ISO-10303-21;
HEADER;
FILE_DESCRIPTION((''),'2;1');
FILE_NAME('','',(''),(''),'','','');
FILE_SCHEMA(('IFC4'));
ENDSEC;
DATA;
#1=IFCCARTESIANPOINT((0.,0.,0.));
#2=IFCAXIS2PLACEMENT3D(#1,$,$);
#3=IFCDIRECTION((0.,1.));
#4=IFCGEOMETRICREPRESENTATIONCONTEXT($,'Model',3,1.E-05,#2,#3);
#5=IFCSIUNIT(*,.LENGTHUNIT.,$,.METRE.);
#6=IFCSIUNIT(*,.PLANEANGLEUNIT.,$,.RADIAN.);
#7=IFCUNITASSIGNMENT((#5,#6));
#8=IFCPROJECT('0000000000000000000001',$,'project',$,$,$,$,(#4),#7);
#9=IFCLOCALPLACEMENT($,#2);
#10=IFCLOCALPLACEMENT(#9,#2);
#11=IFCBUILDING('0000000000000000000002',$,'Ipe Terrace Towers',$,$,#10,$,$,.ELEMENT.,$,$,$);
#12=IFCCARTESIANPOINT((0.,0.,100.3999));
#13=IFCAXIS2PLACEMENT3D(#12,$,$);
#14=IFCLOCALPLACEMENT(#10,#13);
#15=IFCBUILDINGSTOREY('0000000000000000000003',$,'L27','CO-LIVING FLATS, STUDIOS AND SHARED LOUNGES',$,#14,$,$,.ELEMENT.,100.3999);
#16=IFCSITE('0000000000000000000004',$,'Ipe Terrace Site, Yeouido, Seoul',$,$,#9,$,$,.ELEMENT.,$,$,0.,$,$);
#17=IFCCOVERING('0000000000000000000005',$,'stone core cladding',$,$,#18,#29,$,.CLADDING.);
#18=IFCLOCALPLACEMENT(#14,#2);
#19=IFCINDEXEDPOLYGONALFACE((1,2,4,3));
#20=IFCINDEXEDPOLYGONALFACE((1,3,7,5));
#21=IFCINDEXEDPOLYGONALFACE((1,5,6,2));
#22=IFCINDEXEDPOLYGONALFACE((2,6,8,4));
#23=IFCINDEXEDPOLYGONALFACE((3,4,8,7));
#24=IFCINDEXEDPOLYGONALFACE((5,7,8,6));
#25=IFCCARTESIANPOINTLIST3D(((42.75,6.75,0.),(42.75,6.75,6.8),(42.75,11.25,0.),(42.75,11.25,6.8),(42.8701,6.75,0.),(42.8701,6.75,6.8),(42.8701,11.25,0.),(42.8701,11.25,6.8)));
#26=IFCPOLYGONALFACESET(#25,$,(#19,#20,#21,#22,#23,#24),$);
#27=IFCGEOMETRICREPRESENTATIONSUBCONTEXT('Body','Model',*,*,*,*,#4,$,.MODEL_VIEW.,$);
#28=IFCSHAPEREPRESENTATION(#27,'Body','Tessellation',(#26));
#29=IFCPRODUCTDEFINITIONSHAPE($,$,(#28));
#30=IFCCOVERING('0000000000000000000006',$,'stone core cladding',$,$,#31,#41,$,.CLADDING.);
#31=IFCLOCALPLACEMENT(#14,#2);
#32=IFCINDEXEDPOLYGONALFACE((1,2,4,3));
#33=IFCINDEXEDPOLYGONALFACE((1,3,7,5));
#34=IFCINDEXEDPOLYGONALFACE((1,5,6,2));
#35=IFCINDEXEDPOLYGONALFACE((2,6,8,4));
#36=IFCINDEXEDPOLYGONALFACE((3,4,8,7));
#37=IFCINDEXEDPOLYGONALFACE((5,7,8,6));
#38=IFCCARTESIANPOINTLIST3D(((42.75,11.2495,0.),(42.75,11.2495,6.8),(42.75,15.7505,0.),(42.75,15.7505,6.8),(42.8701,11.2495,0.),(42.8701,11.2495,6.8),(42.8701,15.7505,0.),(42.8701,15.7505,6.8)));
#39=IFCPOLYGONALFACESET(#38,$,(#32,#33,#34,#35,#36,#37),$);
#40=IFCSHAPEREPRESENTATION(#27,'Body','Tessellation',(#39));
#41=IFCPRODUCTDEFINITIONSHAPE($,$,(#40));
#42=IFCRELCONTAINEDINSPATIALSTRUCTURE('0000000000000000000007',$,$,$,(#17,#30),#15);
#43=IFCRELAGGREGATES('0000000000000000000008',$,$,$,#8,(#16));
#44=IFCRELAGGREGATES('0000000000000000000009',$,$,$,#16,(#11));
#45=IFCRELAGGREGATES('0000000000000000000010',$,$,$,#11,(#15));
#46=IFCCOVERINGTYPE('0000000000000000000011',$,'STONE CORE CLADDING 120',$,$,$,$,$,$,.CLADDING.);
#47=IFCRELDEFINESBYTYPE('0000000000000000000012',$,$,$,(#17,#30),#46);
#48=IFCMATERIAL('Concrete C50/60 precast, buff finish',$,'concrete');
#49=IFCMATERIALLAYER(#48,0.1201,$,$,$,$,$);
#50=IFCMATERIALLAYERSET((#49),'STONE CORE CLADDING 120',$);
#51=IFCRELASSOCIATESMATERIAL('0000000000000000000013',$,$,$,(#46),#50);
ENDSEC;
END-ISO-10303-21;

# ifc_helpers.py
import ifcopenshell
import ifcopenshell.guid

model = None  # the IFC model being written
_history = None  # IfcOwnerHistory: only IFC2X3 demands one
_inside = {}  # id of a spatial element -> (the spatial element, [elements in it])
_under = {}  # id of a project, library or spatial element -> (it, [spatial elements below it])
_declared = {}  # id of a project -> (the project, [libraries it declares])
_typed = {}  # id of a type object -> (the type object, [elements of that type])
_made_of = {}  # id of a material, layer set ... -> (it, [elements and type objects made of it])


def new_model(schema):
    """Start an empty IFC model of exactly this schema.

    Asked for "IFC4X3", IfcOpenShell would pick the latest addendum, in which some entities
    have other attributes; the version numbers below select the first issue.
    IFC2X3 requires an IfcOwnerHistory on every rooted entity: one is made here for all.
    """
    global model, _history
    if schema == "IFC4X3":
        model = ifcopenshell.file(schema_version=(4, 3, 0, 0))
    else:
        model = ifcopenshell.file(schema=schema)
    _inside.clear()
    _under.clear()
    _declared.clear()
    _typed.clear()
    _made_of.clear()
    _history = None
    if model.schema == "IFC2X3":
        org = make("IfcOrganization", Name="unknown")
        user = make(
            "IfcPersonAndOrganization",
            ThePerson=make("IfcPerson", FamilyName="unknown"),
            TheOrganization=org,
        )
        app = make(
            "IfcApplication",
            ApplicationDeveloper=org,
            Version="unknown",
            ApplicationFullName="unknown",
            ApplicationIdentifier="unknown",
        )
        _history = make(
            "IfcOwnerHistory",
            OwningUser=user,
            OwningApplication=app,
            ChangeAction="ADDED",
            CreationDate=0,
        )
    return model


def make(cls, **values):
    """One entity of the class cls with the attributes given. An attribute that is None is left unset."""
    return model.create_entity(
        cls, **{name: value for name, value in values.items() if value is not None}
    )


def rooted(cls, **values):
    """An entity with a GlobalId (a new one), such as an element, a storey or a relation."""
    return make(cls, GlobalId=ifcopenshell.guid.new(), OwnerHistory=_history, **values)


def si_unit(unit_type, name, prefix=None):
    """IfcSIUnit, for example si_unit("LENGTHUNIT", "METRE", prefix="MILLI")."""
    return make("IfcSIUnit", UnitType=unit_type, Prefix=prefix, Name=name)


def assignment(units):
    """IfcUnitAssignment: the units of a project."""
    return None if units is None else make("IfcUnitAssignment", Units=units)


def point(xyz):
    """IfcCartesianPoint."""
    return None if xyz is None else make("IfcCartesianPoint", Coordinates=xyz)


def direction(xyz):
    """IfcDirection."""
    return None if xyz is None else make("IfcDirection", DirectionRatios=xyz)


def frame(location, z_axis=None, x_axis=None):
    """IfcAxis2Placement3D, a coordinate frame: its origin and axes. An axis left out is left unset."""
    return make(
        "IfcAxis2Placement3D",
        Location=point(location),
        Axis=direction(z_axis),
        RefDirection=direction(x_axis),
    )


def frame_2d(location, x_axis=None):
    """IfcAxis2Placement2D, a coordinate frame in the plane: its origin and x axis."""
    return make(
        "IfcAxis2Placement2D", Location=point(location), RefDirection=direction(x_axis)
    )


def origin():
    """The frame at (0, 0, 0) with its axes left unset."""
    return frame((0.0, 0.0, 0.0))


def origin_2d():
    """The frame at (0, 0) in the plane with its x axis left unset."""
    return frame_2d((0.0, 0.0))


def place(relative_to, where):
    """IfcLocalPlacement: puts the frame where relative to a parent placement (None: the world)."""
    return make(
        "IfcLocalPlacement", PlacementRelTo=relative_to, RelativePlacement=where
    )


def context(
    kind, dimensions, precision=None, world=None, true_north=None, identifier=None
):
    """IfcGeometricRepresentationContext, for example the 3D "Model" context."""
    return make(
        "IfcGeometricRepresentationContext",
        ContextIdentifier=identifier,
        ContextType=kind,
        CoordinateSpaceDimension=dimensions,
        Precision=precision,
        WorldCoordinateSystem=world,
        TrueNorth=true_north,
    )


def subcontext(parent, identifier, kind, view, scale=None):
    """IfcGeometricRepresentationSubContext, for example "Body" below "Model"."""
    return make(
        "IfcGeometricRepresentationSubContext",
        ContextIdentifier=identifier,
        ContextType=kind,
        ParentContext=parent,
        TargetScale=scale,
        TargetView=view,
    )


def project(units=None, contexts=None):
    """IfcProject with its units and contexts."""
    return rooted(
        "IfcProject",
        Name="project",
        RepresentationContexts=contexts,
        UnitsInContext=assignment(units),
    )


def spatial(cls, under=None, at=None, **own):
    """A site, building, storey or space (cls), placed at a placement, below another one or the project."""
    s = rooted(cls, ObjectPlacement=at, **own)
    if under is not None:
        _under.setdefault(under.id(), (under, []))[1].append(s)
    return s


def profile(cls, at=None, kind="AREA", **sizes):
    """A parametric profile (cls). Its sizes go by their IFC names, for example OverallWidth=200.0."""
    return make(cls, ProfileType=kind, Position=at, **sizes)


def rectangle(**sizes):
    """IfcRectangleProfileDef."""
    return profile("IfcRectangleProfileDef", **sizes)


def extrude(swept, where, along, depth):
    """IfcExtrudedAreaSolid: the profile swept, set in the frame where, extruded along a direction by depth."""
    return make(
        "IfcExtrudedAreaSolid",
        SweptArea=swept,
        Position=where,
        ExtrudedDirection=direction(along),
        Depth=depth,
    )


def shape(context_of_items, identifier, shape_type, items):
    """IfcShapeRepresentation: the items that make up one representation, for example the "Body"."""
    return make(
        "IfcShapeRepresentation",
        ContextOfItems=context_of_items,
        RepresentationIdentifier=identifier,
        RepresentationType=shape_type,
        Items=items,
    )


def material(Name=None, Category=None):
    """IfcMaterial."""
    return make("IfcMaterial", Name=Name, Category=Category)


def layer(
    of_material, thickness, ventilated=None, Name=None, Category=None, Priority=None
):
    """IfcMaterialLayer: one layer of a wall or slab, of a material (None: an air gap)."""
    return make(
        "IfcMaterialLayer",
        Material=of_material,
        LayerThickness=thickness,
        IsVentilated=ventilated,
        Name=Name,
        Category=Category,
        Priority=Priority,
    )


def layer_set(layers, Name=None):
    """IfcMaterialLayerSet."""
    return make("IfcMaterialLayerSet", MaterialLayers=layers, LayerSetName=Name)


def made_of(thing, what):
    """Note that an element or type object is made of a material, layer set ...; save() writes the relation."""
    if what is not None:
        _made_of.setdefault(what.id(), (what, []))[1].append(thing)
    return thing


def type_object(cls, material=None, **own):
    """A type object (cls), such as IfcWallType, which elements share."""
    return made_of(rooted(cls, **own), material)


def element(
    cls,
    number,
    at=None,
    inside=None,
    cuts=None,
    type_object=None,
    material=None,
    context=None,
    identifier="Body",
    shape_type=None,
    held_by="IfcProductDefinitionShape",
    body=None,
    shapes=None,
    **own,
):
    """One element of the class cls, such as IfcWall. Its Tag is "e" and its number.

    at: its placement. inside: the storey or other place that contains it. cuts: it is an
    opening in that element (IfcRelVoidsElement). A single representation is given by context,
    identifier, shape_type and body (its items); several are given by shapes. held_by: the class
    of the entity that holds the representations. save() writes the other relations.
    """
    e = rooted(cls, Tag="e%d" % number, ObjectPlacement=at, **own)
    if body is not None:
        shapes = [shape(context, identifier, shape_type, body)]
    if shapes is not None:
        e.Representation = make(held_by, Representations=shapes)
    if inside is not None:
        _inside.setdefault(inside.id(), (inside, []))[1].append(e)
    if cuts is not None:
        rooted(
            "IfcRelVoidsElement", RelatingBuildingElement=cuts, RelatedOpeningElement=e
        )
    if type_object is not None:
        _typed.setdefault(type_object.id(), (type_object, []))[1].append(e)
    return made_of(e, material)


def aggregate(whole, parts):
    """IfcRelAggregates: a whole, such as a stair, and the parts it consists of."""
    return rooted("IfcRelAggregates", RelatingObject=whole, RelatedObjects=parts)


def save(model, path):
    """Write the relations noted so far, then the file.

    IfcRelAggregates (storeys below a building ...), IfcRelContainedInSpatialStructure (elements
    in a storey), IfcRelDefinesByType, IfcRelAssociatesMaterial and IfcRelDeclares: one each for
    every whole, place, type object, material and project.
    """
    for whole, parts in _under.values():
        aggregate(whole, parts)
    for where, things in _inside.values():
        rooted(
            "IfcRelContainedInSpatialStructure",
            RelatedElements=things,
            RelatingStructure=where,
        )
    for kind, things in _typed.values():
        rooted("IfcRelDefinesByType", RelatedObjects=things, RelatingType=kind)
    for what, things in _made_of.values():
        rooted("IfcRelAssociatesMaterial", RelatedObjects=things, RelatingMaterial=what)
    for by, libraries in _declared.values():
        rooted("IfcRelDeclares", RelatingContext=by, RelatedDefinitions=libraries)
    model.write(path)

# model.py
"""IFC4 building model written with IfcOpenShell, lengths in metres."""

from ifc_helpers import new_model, si_unit, direction, frame, origin, origin_2d, place, context, subcontext, project, spatial, rectangle, extrude, material, layer, layer_set, type_object, element, save


model = new_model("IFC4")

# Units and contexts
model_context = context("Model", 3, precision=1e-05, world=origin(), true_north=direction((0.0, 1.0)))
body_context = subcontext(model_context, "Body", "Model", "MODEL_VIEW")
ifc_project = project(units=[si_unit("LENGTHUNIT", "METRE"), si_unit("PLANEANGLEUNIT", "RADIAN")], contexts=[model_context])

# Site, building, storey
site_placement = place(None, origin())
site = spatial("IfcSite", under=ifc_project, at=site_placement, Name="Ipe Terrace Site, Yeouido, Seoul", CompositionType="ELEMENT", RefElevation=0.0)
building_placement = place(site_placement, origin())
building = spatial("IfcBuilding", under=site, at=building_placement, Name="Ipe Terrace Towers", CompositionType="ELEMENT")
storey_placement = place(building_placement, frame((0.0, 0.0, 100.3999)))
storey = spatial("IfcBuildingStorey", under=building, at=storey_placement, Name="L27", Description="CO-LIVING FLATS, STUDIOS AND SHARED LOUNGES", CompositionType="ELEMENT", Elevation=100.3999)

# Coverings
ifc_material_1 = material(Name="Concrete C50/60 precast, buff finish", Category="concrete")
ifc_layer_1 = layer(ifc_material_1, 0.1201)
ifc_layer_set_1 = layer_set([ifc_layer_1], Name="STONE CORE CLADDING 120")
covering_type = type_object("IfcCoveringType", Name="STONE CORE CLADDING 120", PredefinedType="CLADDING", material=ifc_layer_set_1)
covering_1_placement = place(storey_placement, frame((42.8101, 9.0, 0.0), z_axis=(0.0, 0.0, 1.0), x_axis=(0.0, 1.0, 0.0)))
element("IfcCovering", 1, at=covering_1_placement, inside=storey, type_object=covering_type, Name="stone core cladding", PredefinedType="CLADDING", context=body_context, shape_type="SweptSolid", body=[
    extrude(rectangle(XDim=4.5, YDim=0.1201, at=origin_2d()), origin(), (0.0, 0.0, 1.0), 6.8),
])
covering_2_placement = place(storey_placement, frame((42.8101, 13.5, 0.0), z_axis=(0.0, 0.0, 1.0), x_axis=(0.0, 1.0, 0.0)))
element("IfcCovering", 2, at=covering_2_placement, inside=storey, type_object=covering_type, Name="stone core cladding", PredefinedType="CLADDING", context=body_context, shape_type="SweptSolid", body=[
    extrude(rectangle(XDim=4.501, YDim=0.1201, at=origin_2d()), origin(), (0.0, 0.0, 1.0), 6.8),
])

save(model, "model.ifc")
